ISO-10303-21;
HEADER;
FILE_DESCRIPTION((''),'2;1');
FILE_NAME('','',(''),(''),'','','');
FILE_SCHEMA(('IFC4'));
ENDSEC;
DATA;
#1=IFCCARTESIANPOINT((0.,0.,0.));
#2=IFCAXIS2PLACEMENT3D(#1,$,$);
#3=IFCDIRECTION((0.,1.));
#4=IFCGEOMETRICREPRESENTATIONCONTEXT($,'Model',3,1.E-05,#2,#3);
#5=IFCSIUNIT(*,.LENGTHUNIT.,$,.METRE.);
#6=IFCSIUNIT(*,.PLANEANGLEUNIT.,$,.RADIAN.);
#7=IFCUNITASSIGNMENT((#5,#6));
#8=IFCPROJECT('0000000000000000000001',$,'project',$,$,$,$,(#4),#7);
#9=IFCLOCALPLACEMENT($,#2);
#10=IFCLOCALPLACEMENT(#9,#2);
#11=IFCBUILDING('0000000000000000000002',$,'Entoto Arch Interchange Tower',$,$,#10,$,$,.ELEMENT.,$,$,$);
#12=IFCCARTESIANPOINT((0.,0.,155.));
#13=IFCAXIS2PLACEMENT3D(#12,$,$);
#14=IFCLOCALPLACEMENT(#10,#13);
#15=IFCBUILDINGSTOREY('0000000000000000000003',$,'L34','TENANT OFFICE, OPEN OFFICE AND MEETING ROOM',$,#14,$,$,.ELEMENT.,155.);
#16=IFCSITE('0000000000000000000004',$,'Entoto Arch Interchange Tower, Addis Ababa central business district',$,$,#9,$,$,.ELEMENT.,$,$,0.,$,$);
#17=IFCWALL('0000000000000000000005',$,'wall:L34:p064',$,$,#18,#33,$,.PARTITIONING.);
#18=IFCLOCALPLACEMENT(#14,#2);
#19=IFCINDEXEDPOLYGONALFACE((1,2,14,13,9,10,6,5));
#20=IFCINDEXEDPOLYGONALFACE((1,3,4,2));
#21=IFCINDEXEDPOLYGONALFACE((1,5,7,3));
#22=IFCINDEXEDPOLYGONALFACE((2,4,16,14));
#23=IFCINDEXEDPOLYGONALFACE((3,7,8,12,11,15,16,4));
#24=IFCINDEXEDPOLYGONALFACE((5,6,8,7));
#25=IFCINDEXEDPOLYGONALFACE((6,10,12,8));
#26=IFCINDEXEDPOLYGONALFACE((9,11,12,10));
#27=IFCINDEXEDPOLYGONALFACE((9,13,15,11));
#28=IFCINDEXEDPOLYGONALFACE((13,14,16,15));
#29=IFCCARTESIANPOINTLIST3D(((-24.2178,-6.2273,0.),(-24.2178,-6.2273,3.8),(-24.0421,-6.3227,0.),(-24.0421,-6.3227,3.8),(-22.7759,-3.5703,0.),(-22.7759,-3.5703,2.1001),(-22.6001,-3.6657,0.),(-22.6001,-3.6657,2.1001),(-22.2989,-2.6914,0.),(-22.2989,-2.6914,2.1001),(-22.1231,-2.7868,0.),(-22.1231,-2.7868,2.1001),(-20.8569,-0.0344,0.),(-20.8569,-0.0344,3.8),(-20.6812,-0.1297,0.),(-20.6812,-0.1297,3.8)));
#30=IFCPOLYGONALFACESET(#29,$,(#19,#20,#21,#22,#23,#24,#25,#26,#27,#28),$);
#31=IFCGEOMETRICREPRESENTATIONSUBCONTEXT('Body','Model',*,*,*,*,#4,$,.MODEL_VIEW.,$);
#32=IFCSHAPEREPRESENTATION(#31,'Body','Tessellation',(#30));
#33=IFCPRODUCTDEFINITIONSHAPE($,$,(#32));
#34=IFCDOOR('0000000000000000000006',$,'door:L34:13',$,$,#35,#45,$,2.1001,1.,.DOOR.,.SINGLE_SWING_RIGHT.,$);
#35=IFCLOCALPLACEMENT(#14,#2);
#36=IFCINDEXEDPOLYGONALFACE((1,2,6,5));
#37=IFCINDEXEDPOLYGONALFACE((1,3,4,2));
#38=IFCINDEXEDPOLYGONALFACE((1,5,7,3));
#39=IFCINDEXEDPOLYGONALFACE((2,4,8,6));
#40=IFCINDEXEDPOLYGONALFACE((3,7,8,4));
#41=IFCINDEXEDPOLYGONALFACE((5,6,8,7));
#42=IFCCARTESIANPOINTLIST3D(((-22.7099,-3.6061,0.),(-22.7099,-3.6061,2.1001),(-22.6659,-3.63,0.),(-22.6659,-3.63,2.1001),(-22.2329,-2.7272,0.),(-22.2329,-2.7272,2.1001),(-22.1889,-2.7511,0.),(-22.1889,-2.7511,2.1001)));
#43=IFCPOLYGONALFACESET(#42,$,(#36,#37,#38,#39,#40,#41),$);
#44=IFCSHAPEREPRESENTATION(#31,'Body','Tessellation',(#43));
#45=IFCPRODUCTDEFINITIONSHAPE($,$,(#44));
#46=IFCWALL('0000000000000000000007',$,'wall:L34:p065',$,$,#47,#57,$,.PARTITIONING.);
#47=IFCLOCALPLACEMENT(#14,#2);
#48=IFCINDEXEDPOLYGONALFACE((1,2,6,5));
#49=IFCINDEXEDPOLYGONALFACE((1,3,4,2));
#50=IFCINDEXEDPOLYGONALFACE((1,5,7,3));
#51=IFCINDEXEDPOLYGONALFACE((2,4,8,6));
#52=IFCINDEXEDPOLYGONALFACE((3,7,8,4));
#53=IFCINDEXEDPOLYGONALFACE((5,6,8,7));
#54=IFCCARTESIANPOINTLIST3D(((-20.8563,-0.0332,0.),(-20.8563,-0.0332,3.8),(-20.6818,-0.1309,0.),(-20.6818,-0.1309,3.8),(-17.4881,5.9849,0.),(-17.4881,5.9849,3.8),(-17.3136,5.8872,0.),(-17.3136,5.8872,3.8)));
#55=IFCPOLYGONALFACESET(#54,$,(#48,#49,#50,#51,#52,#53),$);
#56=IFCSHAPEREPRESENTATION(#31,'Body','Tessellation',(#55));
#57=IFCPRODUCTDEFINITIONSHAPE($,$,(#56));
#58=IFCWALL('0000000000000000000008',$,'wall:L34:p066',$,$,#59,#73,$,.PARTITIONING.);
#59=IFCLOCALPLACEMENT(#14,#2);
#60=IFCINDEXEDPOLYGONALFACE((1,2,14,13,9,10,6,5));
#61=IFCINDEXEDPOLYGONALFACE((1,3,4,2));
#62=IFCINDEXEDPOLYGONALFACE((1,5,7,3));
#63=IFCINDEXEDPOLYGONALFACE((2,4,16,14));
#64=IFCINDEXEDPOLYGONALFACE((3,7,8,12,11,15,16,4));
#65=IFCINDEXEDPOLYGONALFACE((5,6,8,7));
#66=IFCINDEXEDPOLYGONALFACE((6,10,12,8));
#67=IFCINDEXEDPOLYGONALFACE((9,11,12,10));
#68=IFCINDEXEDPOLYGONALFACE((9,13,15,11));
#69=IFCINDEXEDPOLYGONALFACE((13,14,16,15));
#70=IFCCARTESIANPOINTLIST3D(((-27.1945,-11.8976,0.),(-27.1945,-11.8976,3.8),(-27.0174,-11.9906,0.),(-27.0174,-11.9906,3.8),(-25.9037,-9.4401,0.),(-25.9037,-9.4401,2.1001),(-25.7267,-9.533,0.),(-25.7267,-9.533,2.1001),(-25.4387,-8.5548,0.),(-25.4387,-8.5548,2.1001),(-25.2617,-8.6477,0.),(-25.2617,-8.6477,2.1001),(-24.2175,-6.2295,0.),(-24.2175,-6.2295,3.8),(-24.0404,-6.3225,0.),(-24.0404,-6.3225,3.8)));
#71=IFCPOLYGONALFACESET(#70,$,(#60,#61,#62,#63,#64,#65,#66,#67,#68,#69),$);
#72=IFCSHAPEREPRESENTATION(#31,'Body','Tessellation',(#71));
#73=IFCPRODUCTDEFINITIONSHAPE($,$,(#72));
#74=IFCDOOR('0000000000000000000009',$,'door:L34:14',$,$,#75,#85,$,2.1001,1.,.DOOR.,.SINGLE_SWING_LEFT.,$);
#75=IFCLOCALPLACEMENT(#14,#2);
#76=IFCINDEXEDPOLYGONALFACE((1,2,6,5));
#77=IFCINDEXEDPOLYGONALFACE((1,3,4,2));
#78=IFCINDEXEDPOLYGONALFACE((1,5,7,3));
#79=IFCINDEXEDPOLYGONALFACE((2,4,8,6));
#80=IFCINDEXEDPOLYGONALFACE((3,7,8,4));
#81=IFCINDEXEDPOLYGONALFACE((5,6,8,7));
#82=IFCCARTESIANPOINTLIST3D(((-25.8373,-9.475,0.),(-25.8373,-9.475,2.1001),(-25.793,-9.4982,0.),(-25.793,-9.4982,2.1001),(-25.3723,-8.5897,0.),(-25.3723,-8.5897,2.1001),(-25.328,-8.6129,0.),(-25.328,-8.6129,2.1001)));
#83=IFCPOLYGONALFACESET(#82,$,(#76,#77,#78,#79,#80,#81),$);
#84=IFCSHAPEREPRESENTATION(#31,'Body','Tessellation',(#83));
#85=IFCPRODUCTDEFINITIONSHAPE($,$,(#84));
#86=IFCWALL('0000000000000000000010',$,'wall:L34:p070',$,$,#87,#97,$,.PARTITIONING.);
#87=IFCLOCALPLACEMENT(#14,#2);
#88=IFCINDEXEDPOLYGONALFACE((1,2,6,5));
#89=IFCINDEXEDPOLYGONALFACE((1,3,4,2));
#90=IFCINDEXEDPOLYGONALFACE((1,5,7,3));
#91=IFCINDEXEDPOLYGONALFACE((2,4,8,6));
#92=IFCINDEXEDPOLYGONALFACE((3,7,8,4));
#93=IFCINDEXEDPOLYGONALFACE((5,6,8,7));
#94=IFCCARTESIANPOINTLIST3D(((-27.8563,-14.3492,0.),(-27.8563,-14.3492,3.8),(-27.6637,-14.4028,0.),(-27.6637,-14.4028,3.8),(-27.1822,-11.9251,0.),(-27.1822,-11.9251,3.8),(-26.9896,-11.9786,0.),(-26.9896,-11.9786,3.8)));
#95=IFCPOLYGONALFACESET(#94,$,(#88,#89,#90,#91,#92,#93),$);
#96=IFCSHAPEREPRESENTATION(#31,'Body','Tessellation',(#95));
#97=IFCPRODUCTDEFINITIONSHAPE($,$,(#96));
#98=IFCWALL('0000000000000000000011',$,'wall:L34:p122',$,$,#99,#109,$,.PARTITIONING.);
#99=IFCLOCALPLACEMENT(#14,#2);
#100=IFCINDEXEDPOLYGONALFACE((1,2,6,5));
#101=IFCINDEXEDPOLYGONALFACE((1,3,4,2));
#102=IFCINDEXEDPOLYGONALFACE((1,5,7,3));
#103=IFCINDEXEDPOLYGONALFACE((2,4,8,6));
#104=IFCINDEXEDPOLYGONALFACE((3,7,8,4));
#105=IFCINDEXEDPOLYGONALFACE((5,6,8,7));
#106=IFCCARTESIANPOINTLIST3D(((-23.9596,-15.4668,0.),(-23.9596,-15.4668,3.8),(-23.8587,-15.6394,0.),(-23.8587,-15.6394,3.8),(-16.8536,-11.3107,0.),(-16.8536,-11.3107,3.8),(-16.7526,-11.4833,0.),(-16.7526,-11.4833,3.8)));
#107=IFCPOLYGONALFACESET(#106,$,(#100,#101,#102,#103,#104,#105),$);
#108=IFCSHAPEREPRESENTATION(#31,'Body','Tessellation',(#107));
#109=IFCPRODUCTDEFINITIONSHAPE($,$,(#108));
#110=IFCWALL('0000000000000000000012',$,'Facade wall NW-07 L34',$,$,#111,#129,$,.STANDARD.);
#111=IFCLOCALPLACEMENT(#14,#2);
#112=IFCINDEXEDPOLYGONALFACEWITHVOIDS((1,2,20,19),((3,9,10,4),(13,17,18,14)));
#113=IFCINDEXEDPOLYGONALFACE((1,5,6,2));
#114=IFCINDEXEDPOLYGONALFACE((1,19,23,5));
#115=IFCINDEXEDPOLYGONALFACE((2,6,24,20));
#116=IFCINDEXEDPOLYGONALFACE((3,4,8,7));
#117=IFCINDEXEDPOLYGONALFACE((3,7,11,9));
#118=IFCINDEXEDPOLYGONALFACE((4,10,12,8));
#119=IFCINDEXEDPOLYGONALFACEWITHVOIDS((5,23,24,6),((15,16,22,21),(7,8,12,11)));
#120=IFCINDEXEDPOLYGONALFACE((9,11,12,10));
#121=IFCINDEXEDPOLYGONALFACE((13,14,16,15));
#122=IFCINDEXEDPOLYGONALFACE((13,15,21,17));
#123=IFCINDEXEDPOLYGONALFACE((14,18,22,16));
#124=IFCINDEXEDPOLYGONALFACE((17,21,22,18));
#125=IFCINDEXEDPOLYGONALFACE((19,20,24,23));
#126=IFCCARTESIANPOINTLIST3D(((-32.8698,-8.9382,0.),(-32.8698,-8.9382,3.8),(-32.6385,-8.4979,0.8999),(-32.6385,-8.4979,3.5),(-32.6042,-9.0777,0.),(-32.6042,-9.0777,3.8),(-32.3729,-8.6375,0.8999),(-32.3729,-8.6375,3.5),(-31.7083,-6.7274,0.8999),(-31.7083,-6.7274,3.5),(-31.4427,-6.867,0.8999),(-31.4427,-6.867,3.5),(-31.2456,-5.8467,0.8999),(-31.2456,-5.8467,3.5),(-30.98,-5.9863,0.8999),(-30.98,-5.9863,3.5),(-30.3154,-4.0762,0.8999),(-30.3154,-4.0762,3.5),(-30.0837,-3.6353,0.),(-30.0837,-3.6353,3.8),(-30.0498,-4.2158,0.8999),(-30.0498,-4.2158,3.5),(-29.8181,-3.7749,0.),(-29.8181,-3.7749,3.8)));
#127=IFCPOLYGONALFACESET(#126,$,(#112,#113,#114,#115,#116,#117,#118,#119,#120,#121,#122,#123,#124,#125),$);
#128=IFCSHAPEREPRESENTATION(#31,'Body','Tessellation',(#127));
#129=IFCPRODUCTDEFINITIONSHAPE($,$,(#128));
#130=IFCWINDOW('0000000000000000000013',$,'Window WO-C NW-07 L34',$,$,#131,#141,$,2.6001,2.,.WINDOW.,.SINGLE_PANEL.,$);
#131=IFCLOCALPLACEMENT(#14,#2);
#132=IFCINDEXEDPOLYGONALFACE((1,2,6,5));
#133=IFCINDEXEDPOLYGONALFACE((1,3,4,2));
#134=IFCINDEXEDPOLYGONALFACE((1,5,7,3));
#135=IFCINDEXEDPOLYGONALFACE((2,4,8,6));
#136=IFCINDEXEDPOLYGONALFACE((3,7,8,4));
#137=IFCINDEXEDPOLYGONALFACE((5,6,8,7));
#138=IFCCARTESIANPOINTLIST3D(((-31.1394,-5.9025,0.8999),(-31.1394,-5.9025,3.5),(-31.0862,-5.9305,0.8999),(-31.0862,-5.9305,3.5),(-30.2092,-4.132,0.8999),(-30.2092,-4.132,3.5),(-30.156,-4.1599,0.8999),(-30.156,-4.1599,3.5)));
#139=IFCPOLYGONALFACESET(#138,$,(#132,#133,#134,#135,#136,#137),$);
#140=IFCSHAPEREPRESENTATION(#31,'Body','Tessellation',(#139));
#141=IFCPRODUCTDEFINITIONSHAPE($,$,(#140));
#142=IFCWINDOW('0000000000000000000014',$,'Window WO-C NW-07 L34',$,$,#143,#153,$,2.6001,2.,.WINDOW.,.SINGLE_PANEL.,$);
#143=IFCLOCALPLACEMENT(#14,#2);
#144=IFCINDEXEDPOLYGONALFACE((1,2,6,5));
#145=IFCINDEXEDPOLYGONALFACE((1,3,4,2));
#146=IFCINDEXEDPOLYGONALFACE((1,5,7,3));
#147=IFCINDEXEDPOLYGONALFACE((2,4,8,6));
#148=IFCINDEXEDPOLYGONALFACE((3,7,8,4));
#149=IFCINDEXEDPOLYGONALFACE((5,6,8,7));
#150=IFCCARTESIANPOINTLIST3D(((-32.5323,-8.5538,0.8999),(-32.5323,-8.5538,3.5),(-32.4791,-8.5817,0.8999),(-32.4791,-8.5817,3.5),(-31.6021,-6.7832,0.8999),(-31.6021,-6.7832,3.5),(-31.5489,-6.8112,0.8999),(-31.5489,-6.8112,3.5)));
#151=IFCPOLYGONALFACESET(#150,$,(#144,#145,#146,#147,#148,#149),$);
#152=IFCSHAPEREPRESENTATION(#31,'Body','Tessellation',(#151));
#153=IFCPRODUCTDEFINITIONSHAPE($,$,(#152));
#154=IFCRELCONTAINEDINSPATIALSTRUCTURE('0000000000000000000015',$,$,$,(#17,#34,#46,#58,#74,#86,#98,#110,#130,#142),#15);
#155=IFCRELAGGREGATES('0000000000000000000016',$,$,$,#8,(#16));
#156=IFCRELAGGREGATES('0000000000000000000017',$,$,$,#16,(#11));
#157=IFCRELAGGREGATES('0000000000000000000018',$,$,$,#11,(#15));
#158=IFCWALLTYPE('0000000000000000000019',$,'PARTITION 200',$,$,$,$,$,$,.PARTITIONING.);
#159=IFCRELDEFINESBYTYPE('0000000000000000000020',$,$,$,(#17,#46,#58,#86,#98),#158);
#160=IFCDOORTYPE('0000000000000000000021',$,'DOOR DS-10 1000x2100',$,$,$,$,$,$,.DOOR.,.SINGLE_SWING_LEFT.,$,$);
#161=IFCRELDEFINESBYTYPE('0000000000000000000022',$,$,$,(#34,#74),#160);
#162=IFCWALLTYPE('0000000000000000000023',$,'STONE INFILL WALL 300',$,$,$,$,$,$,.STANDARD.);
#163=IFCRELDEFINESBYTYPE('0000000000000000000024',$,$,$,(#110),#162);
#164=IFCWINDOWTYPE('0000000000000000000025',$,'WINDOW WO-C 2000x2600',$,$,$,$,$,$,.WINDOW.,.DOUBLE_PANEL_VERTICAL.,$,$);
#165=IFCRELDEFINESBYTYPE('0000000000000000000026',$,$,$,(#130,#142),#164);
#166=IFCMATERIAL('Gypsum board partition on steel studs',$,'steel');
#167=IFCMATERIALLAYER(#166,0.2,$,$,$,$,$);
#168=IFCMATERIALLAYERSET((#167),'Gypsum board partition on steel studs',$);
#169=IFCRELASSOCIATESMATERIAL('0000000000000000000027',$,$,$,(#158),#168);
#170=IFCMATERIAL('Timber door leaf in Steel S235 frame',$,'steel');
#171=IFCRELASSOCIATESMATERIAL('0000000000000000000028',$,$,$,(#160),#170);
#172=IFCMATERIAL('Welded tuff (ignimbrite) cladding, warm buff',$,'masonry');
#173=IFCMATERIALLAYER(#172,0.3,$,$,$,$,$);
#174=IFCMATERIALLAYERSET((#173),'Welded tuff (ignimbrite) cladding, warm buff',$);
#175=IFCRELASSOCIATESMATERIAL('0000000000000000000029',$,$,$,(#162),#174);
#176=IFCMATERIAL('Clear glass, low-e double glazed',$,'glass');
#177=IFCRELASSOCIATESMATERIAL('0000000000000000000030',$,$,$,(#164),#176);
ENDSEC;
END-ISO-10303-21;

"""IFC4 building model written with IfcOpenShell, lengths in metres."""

from ifc_helpers import new_model, si_unit, direction, frame, frame_2d, origin, place, context, subcontext, project, spatial, rectangle, extrude, material, layer, layer_set, type_object, element, fill, save


model = new_model("IFC4")

# Units and contexts
model_context = context("Model", 3, precision=1e-05, world=origin(), true_north=direction((0.0, 1.0)))
body_context = subcontext(model_context, "Body", "Model", "MODEL_VIEW")
ifc_project = project(units=[si_unit("LENGTHUNIT", "METRE"), si_unit("PLANEANGLEUNIT", "RADIAN")], contexts=[model_context])

# Site, building, storey
site_placement = place(None, origin())
site = spatial("IfcSite", under=ifc_project, at=site_placement, Name="Entoto Arch Interchange Tower, Addis Ababa central business district", CompositionType="ELEMENT", RefElevation=0.0)
building_placement = place(site_placement, origin())
building = spatial("IfcBuilding", under=site, at=building_placement, Name="Entoto Arch Interchange Tower", CompositionType="ELEMENT")
storey_placement = place(building_placement, frame((0.0, 0.0, 155.0)))
storey = spatial("IfcBuildingStorey", under=building, at=storey_placement, Name="L34", Description="TENANT OFFICE, OPEN OFFICE AND MEETING ROOM", CompositionType="ELEMENT", Elevation=155.0)

# Shared definitions
ifc_material_1 = material(Name="Gypsum board partition on steel studs", Category="steel")
ifc_layer_1 = layer(ifc_material_1, 0.2)
ifc_layer_set_1 = layer_set([ifc_layer_1], Name="Gypsum board partition on steel studs")
wall_type_1 = type_object("IfcWallType", Name="PARTITION 200", PredefinedType="PARTITIONING", material=ifc_layer_set_1)

# Shared definitions
ifc_material_2 = material(Name="Timber door leaf in Steel S235 frame", Category="steel")
door_type = type_object("IfcDoorType", Name="DOOR DS-10 1000x2100", OperationType="SINGLE_SWING_LEFT", PredefinedType="DOOR", material=ifc_material_2)

# Wall, opening, door
wall_1_placement = place(storey_placement, frame((-24.1299, -6.2749, 0.0), z_axis=(0.0, 0.0, 1.0), x_axis=(0.476982, 0.878913, 0.0)))
wall_1 = element("IfcWall", 1, at=wall_1_placement, inside=storey, type_object=wall_type_1, Name="wall:L34:p064", PredefinedType="PARTITIONING", context=body_context, shape_type="SweptSolid", body=[
    extrude(rectangle(XDim=7.0461, YDim=0.2, at=frame_2d((3.5229, 0.0))), origin(), (0.0, 0.0, 1.0), 3.8),
])
opening_1_placement = place(wall_1_placement, frame((3.0229, 0.0, 0.0)))
opening_1 = element("IfcOpeningElement", 2, at=opening_1_placement, cuts=wall_1, PredefinedType="OPENING", context=body_context, shape_type="SweptSolid", body=[
    extrude(rectangle(XDim=1.0, YDim=2.1001, at=frame_2d((0.5, 1.05))), frame((0.0, 0.1099, 0.0), z_axis=(0.0, -1.0, 0.0), x_axis=(1.0, 0.0, 0.0)), (0.0, 0.0, 1.0), 0.22),
])
door_1_placement = place(opening_1_placement, origin())
door_1 = element("IfcDoor", 3, at=door_1_placement, inside=storey, type_object=door_type, Name="door:L34:13", OperationType="SINGLE_SWING_RIGHT", OverallHeight=2.1001, OverallWidth=1.0, PredefinedType="DOOR", context=body_context, shape_type="SweptSolid", body=[
    extrude(rectangle(XDim=1.0, YDim=2.1001, at=frame_2d((0.5, 1.05))), frame((0.0, 0.0249, 0.0), z_axis=(0.0, -1.0, 0.0), x_axis=(1.0, 0.0, 0.0)), (0.0, 0.0, 1.0), 0.05),
])
fill(opening_1, door_1)

# Wall
wall_2_placement = place(storey_placement, frame((-20.769, -0.082, 0.0), z_axis=(0.0, 0.0, 1.0), x_axis=(0.488388, 0.872627, 0.0)))
element("IfcWall", 4, at=wall_2_placement, inside=storey, type_object=wall_type_1, Name="wall:L34:p065", PredefinedType="PARTITIONING", context=body_context, shape_type="SweptSolid", body=[
    extrude(rectangle(XDim=6.8965, YDim=0.2, at=frame_2d((3.4482, 0.0))), origin(), (0.0, 0.0, 1.0), 3.8),
])

# Wall, opening, door
wall_3_placement = place(storey_placement, frame((-27.106, -11.9441, 0.0), z_axis=(0.0, 0.0, 1.0), x_axis=(0.464986, 0.885318, 0.0)))
wall_3 = element("IfcWall", 5, at=wall_3_placement, inside=storey, type_object=wall_type_1, Name="wall:L34:p066", PredefinedType="PARTITIONING", context=body_context, shape_type="SweptSolid", body=[
    extrude(rectangle(XDim=6.4023, YDim=0.2, at=frame_2d((3.2012, 0.0))), origin(), (0.0, 0.0, 1.0), 3.8),
])
opening_2_placement = place(wall_3_placement, frame((2.7759, 0.0, 0.0)))
opening_2 = element("IfcOpeningElement", 6, at=opening_2_placement, cuts=wall_3, PredefinedType="OPENING", context=body_context, shape_type="SweptSolid", body=[
    extrude(rectangle(XDim=1.0, YDim=2.1001, at=frame_2d((0.5, 1.05))), frame((0.0, 0.1099, 0.0), z_axis=(0.0, -1.0, 0.0), x_axis=(1.0, 0.0, 0.0)), (0.0, 0.0, 1.0), 0.22),
])
door_2_placement = place(opening_2_placement, origin())
door_2 = element("IfcDoor", 7, at=door_2_placement, inside=storey, type_object=door_type, Name="door:L34:14", OperationType="SINGLE_SWING_LEFT", OverallHeight=2.1001, OverallWidth=1.0, PredefinedType="DOOR", context=body_context, shape_type="SweptSolid", body=[
    extrude(rectangle(XDim=1.0, YDim=2.1001, at=frame_2d((0.5, 1.05))), frame((0.0, 0.0249, 0.0), z_axis=(0.0, -1.0, 0.0), x_axis=(1.0, 0.0, 0.0)), (0.0, 0.0, 1.0), 0.05),
])
fill(opening_2, door_2)

# Walls
wall_4_placement = place(storey_placement, frame((-27.76, -14.376, 0.0), z_axis=(0.0, 0.0, 1.0), x_axis=(0.267909, 0.963444, 0.0)))
element("IfcWall", 8, at=wall_4_placement, inside=storey, type_object=wall_type_1, Name="wall:L34:p070", PredefinedType="PARTITIONING", context=body_context, shape_type="SweptSolid", body=[
    extrude(rectangle(XDim=2.5161, YDim=0.2, at=frame_2d((1.2581, 0.0))), origin(), (0.0, 0.0, 1.0), 3.8),
])
wall_5_placement = place(storey_placement, frame((-16.803, -11.397, 0.0), z_axis=(0.0, 0.0, 1.0), x_axis=(-0.863204, -0.504855, 0.0)))
element("IfcWall", 9, at=wall_5_placement, inside=storey, type_object=wall_type_1, Name="wall:L34:p122", PredefinedType="PARTITIONING", context=body_context, shape_type="SweptSolid", body=[
    extrude(rectangle(XDim=8.2322, YDim=0.2, at=frame_2d((4.1162, 0.0))), origin(), (0.0, 0.0, 1.0), 3.8),
])

# Wall, openings, windows
ifc_material_3 = material(Name="Welded tuff (ignimbrite) cladding, warm buff", Category="masonry")
ifc_layer_2 = layer(ifc_material_3, 0.3)
ifc_layer_set_2 = layer_set([ifc_layer_2], Name="Welded tuff (ignimbrite) cladding, warm buff")
wall_type_2 = type_object("IfcWallType", Name="STONE INFILL WALL 300", PredefinedType="STANDARD", material=ifc_layer_set_2)
wall_6_placement = place(storey_placement, frame((-29.9509, -3.7051, 0.0), z_axis=(0.0, 0.0, 1.0), x_axis=(-0.465105, -0.885256, 0.0)))
wall_6 = element("IfcWall", 10, at=wall_6_placement, inside=storey, type_object=wall_type_2, Name="Facade wall NW-07 L34", PredefinedType="STANDARD", context=body_context, shape_type="SweptSolid", body=[
    extrude(rectangle(XDim=5.9902, YDim=0.3, at=frame_2d((2.9951, 0.0))), origin(), (0.0, 0.0, 1.0), 3.8),
])
opening_3_placement = place(wall_6_placement, frame((0.498, 0.0, 0.8999)))
opening_3 = element("IfcOpeningElement", 11, at=opening_3_placement, cuts=wall_6, PredefinedType="OPENING", context=body_context, shape_type="SweptSolid", body=[
    extrude(rectangle(XDim=2.0, YDim=2.6001, at=frame_2d((1.0, 1.3))), frame((0.0, 0.1602, 0.0), z_axis=(0.0, -1.0, 0.0), x_axis=(1.0, 0.0, 0.0)), (0.0, 0.0, 1.0), 0.3201),
])
opening_4_placement = place(wall_6_placement, frame((3.4929, 0.0, 0.8999)))
opening_4 = element("IfcOpeningElement", 12, at=opening_4_placement, cuts=wall_6, PredefinedType="OPENING", context=body_context, shape_type="SweptSolid", body=[
    extrude(rectangle(XDim=2.0, YDim=2.6001, at=frame_2d((1.0, 1.3))), frame((0.0, 0.1602, 0.0), z_axis=(0.0, -1.0, 0.0), x_axis=(1.0, 0.0, 0.0)), (0.0, 0.0, 1.0), 0.3201),
])
ifc_material_4 = material(Name="Clear glass, low-e double glazed", Category="glass")
window_type_1 = type_object("IfcWindowType", Name="WINDOW WO-C 2000x2600", PartitioningType="DOUBLE_PANEL_VERTICAL", PredefinedType="WINDOW", material=ifc_material_4)
window_1_placement = place(opening_3_placement, origin())
window_1 = element("IfcWindow", 13, at=window_1_placement, inside=storey, type_object=window_type_1, Name="Window WO-C NW-07 L34", OverallHeight=2.6001, OverallWidth=2.0, PartitioningType="SINGLE_PANEL", PredefinedType="WINDOW", context=body_context, shape_type="SweptSolid", body=[
    extrude(rectangle(XDim=2.0, YDim=2.6001, at=frame_2d((1.0, 1.3))), frame((0.0, 0.03, 0.0), z_axis=(0.0, -1.0, 0.0), x_axis=(1.0, 0.0, 0.0)), (0.0, 0.0, 1.0), 0.0601),
])
fill(opening_3, window_1)
window_2_placement = place(opening_4_placement, origin())
window_2 = element("IfcWindow", 14, at=window_2_placement, inside=storey, type_object=window_type_1, Name="Window WO-C NW-07 L34", OverallHeight=2.6001, OverallWidth=2.0, PartitioningType="SINGLE_PANEL", PredefinedType="WINDOW", context=body_context, shape_type="SweptSolid", body=[
    extrude(rectangle(XDim=2.0, YDim=2.6001, at=frame_2d((1.0, 1.3))), frame((0.0, 0.03, 0.0), z_axis=(0.0, -1.0, 0.0), x_axis=(1.0, 0.0, 0.0)), (0.0, 0.0, 1.0), 0.0601),
])
fill(opening_4, window_2)

save(model, "model.ifc")
